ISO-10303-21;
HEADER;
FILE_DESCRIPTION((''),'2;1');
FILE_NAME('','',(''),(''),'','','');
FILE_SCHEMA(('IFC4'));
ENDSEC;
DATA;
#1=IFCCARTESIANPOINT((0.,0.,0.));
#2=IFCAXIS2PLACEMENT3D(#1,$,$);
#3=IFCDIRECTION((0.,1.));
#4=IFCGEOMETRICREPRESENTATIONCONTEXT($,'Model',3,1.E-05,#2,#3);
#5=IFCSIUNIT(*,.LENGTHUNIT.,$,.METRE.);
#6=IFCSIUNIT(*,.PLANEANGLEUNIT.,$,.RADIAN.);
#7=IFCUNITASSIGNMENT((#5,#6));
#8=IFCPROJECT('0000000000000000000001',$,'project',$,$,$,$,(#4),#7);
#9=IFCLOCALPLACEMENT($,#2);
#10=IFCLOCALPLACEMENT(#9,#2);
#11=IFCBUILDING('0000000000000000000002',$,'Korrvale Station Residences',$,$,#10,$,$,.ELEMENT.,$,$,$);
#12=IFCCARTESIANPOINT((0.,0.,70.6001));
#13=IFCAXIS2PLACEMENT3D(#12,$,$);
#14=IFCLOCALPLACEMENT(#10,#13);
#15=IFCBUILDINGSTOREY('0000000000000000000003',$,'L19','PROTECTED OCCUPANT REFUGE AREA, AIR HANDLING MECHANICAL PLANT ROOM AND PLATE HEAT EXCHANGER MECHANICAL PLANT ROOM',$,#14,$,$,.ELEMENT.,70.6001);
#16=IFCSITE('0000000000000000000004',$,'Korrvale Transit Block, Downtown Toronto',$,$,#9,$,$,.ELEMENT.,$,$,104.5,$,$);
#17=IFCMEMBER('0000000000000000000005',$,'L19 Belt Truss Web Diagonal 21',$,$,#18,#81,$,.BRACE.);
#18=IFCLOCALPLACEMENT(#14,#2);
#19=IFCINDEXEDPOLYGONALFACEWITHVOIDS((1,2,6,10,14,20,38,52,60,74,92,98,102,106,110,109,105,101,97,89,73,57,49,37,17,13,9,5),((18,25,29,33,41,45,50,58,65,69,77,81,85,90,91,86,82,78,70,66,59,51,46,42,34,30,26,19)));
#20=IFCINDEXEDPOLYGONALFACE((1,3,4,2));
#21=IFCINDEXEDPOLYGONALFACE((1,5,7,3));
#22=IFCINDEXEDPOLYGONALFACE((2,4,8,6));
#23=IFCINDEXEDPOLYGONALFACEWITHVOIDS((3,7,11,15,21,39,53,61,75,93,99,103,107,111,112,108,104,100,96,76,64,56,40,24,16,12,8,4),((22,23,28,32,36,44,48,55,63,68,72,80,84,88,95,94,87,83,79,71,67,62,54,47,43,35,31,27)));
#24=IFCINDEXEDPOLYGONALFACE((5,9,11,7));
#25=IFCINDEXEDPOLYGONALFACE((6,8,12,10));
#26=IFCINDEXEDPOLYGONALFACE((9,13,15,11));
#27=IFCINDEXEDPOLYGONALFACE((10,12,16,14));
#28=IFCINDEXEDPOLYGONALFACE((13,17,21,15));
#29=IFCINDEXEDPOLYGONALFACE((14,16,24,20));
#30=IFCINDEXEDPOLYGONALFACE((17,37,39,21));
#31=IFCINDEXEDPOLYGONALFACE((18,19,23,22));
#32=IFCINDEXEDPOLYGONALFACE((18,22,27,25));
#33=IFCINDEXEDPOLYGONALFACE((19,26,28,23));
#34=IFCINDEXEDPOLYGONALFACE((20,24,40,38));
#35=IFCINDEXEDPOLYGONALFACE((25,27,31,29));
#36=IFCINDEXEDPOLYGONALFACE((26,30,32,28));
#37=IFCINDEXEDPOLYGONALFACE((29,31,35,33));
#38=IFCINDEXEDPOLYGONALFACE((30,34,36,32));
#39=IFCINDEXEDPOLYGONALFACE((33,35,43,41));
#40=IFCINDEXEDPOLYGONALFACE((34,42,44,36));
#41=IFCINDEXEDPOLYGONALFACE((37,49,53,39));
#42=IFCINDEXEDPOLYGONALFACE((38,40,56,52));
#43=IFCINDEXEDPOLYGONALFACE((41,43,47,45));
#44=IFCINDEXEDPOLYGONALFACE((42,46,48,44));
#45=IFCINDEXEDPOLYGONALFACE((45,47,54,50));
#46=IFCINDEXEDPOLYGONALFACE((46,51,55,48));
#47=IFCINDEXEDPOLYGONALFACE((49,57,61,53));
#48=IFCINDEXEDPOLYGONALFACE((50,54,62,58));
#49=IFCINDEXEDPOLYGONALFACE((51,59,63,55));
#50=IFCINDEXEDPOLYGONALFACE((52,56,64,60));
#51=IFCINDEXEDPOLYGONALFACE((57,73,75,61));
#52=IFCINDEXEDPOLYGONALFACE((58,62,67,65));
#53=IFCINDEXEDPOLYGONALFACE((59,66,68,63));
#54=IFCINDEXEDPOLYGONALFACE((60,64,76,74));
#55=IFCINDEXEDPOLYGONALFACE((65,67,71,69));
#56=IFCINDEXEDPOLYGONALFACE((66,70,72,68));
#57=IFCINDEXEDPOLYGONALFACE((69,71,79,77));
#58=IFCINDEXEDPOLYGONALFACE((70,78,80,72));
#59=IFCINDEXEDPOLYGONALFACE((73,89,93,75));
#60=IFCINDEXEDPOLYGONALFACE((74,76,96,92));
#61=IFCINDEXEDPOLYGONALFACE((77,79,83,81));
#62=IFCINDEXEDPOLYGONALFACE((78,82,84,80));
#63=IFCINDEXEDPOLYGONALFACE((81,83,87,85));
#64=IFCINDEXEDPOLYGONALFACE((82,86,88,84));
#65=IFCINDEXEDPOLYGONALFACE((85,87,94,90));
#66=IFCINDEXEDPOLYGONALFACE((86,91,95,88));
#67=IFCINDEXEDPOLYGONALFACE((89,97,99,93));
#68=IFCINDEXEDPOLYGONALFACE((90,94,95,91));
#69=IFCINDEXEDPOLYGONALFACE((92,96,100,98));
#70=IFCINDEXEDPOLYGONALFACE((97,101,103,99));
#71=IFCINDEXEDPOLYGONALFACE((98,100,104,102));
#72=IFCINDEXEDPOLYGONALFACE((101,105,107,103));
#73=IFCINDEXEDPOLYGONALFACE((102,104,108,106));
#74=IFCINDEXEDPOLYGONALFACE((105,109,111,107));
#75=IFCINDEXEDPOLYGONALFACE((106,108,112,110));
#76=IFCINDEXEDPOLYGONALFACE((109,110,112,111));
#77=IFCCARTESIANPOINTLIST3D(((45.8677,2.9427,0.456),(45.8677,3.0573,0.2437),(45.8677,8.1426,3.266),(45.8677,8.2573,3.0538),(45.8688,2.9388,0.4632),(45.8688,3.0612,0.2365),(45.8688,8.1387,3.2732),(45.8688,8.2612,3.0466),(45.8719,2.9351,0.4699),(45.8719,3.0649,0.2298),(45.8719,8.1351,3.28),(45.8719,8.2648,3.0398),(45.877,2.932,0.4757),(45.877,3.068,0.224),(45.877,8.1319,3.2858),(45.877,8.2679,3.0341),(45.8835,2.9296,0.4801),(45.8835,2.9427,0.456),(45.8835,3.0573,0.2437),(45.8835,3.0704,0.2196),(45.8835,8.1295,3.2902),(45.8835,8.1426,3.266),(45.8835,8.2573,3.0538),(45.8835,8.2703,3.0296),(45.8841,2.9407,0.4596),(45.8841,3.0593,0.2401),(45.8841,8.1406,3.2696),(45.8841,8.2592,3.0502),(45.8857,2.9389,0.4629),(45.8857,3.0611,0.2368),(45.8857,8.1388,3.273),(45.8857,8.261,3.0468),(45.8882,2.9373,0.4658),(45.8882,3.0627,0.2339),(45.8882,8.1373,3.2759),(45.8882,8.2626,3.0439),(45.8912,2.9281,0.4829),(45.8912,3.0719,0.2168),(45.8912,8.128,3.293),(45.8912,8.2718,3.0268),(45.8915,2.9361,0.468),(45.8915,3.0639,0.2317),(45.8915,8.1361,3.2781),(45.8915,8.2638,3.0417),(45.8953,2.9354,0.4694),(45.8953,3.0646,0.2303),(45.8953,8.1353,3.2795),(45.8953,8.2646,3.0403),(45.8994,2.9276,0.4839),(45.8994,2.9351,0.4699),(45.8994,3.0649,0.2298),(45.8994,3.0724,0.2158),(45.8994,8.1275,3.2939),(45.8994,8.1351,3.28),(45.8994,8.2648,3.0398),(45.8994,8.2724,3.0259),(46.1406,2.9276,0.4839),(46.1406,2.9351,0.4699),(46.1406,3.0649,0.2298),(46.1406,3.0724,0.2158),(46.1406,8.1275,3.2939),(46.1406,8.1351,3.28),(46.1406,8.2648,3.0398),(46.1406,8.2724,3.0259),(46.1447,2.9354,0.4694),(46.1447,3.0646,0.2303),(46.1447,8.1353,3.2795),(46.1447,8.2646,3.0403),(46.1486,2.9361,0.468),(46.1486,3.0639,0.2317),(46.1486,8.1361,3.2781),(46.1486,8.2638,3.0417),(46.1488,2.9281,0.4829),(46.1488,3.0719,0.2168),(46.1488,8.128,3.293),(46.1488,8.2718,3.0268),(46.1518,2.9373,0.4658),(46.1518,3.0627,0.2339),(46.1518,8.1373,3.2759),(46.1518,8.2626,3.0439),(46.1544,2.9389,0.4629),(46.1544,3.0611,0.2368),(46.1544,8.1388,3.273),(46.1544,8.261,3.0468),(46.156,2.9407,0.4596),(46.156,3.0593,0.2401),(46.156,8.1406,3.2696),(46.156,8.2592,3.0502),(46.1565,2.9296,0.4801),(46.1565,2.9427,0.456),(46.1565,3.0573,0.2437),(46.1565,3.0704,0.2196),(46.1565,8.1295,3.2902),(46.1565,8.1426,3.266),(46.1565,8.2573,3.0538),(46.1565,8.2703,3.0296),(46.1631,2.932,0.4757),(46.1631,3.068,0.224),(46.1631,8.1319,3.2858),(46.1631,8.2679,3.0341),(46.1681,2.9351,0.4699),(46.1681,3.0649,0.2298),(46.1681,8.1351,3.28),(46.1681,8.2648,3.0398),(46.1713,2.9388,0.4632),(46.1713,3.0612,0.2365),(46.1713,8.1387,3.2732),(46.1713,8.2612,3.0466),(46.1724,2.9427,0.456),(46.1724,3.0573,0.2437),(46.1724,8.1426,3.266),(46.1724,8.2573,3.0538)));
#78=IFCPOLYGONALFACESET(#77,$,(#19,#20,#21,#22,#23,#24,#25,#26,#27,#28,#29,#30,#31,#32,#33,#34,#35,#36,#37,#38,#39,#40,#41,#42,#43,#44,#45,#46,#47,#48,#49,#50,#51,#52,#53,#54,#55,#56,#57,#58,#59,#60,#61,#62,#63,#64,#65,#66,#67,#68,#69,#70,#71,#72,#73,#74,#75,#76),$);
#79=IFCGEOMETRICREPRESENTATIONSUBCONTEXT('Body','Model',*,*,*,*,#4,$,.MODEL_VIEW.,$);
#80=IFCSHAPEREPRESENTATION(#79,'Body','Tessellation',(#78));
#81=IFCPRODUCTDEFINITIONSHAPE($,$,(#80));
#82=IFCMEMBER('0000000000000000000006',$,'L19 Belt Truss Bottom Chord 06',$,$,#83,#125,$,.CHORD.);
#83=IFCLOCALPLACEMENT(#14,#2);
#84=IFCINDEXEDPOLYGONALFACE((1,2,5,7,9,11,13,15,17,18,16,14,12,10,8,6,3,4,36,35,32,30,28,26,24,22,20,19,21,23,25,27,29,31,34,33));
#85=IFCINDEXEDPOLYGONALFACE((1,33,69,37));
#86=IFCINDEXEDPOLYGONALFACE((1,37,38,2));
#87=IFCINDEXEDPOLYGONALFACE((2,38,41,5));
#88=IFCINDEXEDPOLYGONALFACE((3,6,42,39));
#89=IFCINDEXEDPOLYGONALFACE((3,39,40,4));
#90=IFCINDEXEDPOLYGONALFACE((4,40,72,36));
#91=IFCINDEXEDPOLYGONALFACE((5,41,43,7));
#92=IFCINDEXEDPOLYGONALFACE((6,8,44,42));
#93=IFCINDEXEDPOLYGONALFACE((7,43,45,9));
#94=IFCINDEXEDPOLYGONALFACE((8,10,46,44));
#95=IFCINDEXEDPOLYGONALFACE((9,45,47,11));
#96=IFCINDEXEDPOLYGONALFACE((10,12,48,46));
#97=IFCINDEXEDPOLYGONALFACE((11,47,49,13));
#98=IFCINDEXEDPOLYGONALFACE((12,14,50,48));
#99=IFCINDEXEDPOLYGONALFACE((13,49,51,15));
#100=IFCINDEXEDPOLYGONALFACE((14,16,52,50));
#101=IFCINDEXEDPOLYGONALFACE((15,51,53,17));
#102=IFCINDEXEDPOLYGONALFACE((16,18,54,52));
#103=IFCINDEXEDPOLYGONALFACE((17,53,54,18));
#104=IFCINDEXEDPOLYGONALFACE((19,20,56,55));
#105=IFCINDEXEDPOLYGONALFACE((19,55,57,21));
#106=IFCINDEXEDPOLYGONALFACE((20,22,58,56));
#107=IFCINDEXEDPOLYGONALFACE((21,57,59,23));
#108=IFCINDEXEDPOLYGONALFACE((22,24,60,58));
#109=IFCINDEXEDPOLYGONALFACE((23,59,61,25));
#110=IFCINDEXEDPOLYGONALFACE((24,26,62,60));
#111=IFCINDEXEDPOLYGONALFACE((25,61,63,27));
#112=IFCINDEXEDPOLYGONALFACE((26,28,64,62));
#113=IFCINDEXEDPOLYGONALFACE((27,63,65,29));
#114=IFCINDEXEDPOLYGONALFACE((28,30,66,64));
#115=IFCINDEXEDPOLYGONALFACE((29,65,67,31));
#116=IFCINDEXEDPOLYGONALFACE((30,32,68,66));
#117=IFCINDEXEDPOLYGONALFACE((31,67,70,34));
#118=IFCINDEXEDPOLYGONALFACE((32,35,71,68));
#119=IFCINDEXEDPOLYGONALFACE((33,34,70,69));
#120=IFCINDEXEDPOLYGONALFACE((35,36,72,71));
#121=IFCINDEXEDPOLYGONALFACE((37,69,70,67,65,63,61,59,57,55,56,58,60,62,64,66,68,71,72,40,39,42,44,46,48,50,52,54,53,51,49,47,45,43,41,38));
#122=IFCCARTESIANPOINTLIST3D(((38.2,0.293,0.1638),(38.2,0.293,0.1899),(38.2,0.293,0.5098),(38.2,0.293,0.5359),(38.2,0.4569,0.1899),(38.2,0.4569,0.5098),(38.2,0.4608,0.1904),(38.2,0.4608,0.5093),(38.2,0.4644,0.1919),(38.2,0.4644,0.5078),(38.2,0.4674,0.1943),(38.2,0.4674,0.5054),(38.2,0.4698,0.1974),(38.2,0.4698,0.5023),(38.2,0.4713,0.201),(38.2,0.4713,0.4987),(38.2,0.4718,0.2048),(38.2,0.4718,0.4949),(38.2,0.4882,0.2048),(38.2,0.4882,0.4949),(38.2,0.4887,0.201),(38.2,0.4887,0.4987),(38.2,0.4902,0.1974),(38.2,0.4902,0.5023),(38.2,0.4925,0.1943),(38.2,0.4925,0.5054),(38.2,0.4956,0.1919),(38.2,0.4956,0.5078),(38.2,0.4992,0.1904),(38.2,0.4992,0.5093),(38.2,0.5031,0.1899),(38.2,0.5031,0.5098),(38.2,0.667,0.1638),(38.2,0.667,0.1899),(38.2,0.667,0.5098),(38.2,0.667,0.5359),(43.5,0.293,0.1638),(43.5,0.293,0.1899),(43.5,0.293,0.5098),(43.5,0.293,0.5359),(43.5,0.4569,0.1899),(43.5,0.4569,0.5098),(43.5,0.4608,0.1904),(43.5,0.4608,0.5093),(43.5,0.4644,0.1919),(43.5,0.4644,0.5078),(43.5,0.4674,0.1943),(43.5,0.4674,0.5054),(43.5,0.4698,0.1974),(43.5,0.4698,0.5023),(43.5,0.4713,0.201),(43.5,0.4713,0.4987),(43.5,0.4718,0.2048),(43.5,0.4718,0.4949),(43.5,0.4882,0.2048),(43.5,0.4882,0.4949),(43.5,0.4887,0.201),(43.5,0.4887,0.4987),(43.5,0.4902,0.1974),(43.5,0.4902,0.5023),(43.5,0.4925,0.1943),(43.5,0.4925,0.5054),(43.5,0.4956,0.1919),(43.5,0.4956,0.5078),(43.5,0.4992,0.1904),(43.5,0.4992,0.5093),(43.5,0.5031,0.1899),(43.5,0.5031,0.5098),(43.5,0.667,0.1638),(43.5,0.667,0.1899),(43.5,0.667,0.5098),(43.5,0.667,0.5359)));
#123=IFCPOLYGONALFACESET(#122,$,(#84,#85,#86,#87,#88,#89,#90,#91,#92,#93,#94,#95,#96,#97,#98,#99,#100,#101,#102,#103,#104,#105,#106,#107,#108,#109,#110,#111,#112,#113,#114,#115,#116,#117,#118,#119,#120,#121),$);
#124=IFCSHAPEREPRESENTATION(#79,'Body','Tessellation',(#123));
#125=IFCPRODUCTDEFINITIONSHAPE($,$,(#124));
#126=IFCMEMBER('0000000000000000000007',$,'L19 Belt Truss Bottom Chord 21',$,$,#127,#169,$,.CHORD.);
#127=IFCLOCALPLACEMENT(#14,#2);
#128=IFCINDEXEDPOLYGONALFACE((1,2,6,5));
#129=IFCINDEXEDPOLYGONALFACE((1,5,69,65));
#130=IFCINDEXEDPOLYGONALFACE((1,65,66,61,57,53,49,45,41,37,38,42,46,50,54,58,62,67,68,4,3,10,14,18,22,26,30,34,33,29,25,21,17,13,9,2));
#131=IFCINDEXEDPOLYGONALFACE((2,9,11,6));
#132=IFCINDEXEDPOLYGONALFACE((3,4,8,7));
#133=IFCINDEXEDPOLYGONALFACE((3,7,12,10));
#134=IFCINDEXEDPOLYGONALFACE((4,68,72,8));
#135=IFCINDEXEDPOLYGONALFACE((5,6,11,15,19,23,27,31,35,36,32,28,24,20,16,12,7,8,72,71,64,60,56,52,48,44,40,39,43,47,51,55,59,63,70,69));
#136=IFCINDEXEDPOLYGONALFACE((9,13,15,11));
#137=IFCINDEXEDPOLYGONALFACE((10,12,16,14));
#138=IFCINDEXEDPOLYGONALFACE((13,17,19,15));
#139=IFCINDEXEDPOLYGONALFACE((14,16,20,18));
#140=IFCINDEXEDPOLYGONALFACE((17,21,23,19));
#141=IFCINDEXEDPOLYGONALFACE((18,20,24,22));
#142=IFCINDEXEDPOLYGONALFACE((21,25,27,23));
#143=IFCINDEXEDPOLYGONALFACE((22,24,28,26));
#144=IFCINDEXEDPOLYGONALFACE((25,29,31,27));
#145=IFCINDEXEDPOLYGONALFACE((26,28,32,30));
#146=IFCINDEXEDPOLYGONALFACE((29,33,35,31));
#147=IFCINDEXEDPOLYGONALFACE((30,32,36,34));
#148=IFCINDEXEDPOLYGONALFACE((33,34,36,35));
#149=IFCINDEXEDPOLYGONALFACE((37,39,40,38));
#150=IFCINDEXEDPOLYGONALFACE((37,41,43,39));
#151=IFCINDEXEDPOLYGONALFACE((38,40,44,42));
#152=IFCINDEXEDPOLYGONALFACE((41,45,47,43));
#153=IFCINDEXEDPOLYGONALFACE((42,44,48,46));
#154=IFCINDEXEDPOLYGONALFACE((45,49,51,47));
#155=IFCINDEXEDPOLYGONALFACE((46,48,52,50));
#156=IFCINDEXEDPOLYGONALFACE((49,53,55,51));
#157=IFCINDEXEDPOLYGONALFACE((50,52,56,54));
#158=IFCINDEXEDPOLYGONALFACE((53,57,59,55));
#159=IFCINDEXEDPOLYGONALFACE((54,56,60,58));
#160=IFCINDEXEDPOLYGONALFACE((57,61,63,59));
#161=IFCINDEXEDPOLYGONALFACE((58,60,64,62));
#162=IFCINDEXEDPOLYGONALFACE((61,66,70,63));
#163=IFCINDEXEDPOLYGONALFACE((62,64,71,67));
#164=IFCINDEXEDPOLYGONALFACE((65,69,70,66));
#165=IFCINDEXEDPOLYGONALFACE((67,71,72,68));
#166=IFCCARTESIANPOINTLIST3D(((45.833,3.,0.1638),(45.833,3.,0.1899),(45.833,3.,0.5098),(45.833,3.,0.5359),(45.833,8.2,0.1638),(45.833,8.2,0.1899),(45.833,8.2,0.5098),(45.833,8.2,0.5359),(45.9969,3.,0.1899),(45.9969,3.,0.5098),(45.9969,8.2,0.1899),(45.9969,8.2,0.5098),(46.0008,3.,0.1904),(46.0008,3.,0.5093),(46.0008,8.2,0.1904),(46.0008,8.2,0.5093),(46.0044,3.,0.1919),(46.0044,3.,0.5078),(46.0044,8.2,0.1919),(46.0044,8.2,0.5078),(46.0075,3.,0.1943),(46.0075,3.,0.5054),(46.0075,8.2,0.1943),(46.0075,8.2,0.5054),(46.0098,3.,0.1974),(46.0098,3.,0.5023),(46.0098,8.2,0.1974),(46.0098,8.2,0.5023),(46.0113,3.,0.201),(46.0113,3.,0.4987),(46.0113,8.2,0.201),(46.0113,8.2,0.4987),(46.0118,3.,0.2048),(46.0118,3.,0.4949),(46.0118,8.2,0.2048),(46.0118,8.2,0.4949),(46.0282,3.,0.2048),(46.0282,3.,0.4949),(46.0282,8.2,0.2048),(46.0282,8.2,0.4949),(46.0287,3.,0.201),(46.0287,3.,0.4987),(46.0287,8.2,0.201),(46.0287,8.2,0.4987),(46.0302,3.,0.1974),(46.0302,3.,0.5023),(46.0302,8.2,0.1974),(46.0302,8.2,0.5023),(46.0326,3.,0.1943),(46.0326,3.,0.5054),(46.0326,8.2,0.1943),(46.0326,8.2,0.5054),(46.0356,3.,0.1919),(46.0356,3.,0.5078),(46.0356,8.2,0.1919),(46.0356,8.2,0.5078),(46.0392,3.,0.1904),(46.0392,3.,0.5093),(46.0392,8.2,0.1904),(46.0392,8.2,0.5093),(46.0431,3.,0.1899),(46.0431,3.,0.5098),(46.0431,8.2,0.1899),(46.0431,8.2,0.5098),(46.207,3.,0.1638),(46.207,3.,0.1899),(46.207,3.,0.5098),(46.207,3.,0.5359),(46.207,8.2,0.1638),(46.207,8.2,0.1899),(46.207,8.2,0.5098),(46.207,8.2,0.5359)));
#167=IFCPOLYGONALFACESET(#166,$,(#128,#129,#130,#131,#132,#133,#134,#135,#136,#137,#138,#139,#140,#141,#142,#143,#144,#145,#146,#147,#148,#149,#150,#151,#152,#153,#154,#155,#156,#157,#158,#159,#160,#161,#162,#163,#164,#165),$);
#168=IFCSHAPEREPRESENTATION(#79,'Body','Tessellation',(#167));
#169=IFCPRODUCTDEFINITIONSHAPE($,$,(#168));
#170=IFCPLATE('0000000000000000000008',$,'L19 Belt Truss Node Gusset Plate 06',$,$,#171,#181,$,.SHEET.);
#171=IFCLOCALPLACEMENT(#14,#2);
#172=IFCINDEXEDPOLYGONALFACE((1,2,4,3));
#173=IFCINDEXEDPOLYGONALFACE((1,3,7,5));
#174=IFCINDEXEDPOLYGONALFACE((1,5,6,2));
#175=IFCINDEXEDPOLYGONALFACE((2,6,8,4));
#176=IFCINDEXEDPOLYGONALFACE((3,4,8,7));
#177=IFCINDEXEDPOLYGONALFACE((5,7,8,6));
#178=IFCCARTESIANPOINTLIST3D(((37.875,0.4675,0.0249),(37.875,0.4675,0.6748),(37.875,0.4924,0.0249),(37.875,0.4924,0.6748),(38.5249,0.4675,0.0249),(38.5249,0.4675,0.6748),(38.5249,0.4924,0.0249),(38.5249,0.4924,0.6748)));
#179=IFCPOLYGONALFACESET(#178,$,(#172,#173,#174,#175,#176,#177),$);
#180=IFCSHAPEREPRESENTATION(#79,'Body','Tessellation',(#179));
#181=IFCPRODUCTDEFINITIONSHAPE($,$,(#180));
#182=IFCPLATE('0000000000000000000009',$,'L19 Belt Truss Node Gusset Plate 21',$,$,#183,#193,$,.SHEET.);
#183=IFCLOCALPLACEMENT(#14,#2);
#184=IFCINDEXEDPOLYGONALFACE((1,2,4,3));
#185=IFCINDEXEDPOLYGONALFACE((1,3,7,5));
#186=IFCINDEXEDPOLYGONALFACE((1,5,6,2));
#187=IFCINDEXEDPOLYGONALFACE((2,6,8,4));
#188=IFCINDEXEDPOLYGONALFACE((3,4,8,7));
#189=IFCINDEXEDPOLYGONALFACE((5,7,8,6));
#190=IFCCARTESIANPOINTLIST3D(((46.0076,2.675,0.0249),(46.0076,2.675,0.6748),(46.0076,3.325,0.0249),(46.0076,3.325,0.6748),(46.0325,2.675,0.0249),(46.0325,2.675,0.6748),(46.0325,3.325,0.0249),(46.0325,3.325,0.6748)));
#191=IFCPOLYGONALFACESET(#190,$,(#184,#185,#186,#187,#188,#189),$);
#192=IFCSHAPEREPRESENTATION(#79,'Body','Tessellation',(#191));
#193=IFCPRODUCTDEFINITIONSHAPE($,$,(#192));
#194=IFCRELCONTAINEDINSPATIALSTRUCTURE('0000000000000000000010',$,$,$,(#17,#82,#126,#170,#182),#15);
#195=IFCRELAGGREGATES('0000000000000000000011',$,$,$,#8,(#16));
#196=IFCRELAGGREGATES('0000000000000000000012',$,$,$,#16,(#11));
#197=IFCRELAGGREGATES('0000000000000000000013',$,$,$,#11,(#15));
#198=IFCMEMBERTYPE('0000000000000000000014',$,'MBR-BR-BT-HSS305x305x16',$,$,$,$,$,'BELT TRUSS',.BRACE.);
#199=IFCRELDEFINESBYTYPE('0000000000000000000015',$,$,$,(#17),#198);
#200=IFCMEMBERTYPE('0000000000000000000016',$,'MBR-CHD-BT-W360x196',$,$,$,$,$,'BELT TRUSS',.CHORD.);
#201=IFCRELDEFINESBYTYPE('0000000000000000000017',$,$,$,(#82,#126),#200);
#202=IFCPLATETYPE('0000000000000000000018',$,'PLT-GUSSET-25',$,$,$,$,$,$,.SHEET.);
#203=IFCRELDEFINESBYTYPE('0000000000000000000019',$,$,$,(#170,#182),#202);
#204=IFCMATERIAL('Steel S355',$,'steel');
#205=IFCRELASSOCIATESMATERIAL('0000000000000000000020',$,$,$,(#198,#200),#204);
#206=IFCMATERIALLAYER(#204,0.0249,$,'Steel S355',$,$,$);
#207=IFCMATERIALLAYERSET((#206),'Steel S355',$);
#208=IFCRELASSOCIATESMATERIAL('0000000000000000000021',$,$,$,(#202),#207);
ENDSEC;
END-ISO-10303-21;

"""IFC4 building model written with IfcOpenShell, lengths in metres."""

from ifc_helpers import new_model, si_unit, direction, frame, origin, origin_2d, place, context, subcontext, project, spatial, rectangle, hollow_rectangle, i_section, extrude, material, layer, layer_set, material_profile, profile_set, type_object, element, save


model = new_model("IFC4")

# Units and contexts
model_context = context("Model", 3, precision=1e-05, world=origin(), true_north=direction((0.0, 1.0)))
body_context = subcontext(model_context, "Body", "Model", "MODEL_VIEW")
ifc_project = project(units=[si_unit("LENGTHUNIT", "METRE"), si_unit("PLANEANGLEUNIT", "RADIAN")], contexts=[model_context])

# Site, building, storey
site_placement = place(None, origin())
site = spatial("IfcSite", under=ifc_project, at=site_placement, Name="Korrvale Transit Block, Downtown Toronto", CompositionType="ELEMENT", RefElevation=104.5)
building_placement = place(site_placement, origin())
building = spatial("IfcBuilding", under=site, at=building_placement, Name="Korrvale Station Residences", CompositionType="ELEMENT")
storey_placement = place(building_placement, frame((0.0, 0.0, 70.6001)))
storey = spatial("IfcBuildingStorey", under=building, at=storey_placement, Name="L19", Description="PROTECTED OCCUPANT REFUGE AREA, AIR HANDLING MECHANICAL PLANT ROOM AND PLATE HEAT EXCHANGER MECHANICAL PLANT ROOM", CompositionType="ELEMENT", Elevation=70.6001)

# Members
ifc_material_1 = material(Name="Steel S355", Category="steel")
ifc_material_profile_1 = material_profile(ifc_material_1, hollow_rectangle(XDim=0.3047, YDim=0.3047, WallThickness=0.0159, InnerFilletRadius=0.0159, OuterFilletRadius=0.0317, at=origin_2d()), Name="HSS305x305x16")
ifc_profile_set_1 = profile_set([ifc_material_profile_1], Name="Steel S355")
member_type_1 = type_object("IfcMemberType", Name="MBR-BR-BT-HSS305x305x16", ElementType="BELT TRUSS", PredefinedType="BRACE", material=ifc_profile_set_1)
member_1_placement = place(storey_placement, frame((46.02, 3.0, 0.3499), z_axis=(0.0, 0.879758, 0.475422), x_axis=(-1.0, 0.0, 0.0)))
element("IfcMember", 1, at=member_1_placement, inside=storey, type_object=member_type_1, Name="L19 Belt Truss Web Diagonal 21", PredefinedType="BRACE", context=body_context, shape_type="SweptSolid", body=[
    extrude(hollow_rectangle(XDim=0.3047, YDim=0.3047, WallThickness=0.0159, InnerFilletRadius=0.0159, OuterFilletRadius=0.0317, at=origin_2d()), origin(), (0.0, 0.0, 1.0), 5.9106),
])
ifc_material_profile_2 = material_profile(ifc_material_1, i_section(OverallWidth=0.374, OverallDepth=0.3721, WebThickness=0.0164, FlangeThickness=0.0261, FilletRadius=0.0149, at=origin_2d()), Name="W360x196")
ifc_profile_set_2 = profile_set([ifc_material_profile_2], Name="Steel S355")
member_type_2 = type_object("IfcMemberType", Name="MBR-CHD-BT-W360x196", ElementType="BELT TRUSS", PredefinedType="CHORD", material=ifc_profile_set_2)
member_2_placement = place(storey_placement, frame((38.2, 0.48, 0.3499), z_axis=(1.0, 0.0, 0.0), x_axis=(0.0, 1.0, 0.0)))
element("IfcMember", 2, at=member_2_placement, inside=storey, type_object=member_type_2, Name="L19 Belt Truss Bottom Chord 06", PredefinedType="CHORD", context=body_context, shape_type="SweptSolid", body=[
    extrude(i_section(OverallWidth=0.374, OverallDepth=0.3721, WebThickness=0.0164, FlangeThickness=0.0261, FilletRadius=0.0149, at=origin_2d()), origin(), (0.0, 0.0, 1.0), 5.3),
])
member_3_placement = place(storey_placement, frame((46.02, 3.0, 0.3499), z_axis=(0.0, 1.0, 0.0), x_axis=(-1.0, 0.0, 0.0)))
element("IfcMember", 3, at=member_3_placement, inside=storey, type_object=member_type_2, Name="L19 Belt Truss Bottom Chord 21", PredefinedType="CHORD", context=body_context, shape_type="SweptSolid", body=[
    extrude(i_section(OverallWidth=0.374, OverallDepth=0.3721, WebThickness=0.0164, FlangeThickness=0.0261, FilletRadius=0.0149, at=origin_2d()), origin(), (0.0, 0.0, 1.0), 5.2),
])

# Plates
ifc_layer_1 = layer(ifc_material_1, 0.0249, Name="Steel S355")
ifc_layer_set_1 = layer_set([ifc_layer_1], Name="Steel S355")
plate_type = type_object("IfcPlateType", Name="PLT-GUSSET-25", PredefinedType="SHEET", material=ifc_layer_set_1)
for number, where, z_axis, x_axis, name in (
    (4, (38.2, 0.48, 0.0249), (0.0, 0.0, 1.0), (1.0, 0.0, 0.0), "L19 Belt Truss Node Gusset Plate 06"),
    (5, (46.02, 3.0, 0.0249), (0.0, 0.0, 1.0), (0.0, 1.0, 0.0), "L19 Belt Truss Node Gusset Plate 21"),
):
    element("IfcPlate", number, at=place(storey_placement, frame(where, z_axis=z_axis, x_axis=x_axis)), inside=storey, type_object=plate_type, Name=name, PredefinedType="SHEET", context=body_context, shape_type="SweptSolid", body=[
        extrude(rectangle(XDim=0.6499, YDim=0.0249, at=origin_2d()), origin(), (0.0, 0.0, 1.0), 0.6499),
    ])

save(model, "model.ifc")
